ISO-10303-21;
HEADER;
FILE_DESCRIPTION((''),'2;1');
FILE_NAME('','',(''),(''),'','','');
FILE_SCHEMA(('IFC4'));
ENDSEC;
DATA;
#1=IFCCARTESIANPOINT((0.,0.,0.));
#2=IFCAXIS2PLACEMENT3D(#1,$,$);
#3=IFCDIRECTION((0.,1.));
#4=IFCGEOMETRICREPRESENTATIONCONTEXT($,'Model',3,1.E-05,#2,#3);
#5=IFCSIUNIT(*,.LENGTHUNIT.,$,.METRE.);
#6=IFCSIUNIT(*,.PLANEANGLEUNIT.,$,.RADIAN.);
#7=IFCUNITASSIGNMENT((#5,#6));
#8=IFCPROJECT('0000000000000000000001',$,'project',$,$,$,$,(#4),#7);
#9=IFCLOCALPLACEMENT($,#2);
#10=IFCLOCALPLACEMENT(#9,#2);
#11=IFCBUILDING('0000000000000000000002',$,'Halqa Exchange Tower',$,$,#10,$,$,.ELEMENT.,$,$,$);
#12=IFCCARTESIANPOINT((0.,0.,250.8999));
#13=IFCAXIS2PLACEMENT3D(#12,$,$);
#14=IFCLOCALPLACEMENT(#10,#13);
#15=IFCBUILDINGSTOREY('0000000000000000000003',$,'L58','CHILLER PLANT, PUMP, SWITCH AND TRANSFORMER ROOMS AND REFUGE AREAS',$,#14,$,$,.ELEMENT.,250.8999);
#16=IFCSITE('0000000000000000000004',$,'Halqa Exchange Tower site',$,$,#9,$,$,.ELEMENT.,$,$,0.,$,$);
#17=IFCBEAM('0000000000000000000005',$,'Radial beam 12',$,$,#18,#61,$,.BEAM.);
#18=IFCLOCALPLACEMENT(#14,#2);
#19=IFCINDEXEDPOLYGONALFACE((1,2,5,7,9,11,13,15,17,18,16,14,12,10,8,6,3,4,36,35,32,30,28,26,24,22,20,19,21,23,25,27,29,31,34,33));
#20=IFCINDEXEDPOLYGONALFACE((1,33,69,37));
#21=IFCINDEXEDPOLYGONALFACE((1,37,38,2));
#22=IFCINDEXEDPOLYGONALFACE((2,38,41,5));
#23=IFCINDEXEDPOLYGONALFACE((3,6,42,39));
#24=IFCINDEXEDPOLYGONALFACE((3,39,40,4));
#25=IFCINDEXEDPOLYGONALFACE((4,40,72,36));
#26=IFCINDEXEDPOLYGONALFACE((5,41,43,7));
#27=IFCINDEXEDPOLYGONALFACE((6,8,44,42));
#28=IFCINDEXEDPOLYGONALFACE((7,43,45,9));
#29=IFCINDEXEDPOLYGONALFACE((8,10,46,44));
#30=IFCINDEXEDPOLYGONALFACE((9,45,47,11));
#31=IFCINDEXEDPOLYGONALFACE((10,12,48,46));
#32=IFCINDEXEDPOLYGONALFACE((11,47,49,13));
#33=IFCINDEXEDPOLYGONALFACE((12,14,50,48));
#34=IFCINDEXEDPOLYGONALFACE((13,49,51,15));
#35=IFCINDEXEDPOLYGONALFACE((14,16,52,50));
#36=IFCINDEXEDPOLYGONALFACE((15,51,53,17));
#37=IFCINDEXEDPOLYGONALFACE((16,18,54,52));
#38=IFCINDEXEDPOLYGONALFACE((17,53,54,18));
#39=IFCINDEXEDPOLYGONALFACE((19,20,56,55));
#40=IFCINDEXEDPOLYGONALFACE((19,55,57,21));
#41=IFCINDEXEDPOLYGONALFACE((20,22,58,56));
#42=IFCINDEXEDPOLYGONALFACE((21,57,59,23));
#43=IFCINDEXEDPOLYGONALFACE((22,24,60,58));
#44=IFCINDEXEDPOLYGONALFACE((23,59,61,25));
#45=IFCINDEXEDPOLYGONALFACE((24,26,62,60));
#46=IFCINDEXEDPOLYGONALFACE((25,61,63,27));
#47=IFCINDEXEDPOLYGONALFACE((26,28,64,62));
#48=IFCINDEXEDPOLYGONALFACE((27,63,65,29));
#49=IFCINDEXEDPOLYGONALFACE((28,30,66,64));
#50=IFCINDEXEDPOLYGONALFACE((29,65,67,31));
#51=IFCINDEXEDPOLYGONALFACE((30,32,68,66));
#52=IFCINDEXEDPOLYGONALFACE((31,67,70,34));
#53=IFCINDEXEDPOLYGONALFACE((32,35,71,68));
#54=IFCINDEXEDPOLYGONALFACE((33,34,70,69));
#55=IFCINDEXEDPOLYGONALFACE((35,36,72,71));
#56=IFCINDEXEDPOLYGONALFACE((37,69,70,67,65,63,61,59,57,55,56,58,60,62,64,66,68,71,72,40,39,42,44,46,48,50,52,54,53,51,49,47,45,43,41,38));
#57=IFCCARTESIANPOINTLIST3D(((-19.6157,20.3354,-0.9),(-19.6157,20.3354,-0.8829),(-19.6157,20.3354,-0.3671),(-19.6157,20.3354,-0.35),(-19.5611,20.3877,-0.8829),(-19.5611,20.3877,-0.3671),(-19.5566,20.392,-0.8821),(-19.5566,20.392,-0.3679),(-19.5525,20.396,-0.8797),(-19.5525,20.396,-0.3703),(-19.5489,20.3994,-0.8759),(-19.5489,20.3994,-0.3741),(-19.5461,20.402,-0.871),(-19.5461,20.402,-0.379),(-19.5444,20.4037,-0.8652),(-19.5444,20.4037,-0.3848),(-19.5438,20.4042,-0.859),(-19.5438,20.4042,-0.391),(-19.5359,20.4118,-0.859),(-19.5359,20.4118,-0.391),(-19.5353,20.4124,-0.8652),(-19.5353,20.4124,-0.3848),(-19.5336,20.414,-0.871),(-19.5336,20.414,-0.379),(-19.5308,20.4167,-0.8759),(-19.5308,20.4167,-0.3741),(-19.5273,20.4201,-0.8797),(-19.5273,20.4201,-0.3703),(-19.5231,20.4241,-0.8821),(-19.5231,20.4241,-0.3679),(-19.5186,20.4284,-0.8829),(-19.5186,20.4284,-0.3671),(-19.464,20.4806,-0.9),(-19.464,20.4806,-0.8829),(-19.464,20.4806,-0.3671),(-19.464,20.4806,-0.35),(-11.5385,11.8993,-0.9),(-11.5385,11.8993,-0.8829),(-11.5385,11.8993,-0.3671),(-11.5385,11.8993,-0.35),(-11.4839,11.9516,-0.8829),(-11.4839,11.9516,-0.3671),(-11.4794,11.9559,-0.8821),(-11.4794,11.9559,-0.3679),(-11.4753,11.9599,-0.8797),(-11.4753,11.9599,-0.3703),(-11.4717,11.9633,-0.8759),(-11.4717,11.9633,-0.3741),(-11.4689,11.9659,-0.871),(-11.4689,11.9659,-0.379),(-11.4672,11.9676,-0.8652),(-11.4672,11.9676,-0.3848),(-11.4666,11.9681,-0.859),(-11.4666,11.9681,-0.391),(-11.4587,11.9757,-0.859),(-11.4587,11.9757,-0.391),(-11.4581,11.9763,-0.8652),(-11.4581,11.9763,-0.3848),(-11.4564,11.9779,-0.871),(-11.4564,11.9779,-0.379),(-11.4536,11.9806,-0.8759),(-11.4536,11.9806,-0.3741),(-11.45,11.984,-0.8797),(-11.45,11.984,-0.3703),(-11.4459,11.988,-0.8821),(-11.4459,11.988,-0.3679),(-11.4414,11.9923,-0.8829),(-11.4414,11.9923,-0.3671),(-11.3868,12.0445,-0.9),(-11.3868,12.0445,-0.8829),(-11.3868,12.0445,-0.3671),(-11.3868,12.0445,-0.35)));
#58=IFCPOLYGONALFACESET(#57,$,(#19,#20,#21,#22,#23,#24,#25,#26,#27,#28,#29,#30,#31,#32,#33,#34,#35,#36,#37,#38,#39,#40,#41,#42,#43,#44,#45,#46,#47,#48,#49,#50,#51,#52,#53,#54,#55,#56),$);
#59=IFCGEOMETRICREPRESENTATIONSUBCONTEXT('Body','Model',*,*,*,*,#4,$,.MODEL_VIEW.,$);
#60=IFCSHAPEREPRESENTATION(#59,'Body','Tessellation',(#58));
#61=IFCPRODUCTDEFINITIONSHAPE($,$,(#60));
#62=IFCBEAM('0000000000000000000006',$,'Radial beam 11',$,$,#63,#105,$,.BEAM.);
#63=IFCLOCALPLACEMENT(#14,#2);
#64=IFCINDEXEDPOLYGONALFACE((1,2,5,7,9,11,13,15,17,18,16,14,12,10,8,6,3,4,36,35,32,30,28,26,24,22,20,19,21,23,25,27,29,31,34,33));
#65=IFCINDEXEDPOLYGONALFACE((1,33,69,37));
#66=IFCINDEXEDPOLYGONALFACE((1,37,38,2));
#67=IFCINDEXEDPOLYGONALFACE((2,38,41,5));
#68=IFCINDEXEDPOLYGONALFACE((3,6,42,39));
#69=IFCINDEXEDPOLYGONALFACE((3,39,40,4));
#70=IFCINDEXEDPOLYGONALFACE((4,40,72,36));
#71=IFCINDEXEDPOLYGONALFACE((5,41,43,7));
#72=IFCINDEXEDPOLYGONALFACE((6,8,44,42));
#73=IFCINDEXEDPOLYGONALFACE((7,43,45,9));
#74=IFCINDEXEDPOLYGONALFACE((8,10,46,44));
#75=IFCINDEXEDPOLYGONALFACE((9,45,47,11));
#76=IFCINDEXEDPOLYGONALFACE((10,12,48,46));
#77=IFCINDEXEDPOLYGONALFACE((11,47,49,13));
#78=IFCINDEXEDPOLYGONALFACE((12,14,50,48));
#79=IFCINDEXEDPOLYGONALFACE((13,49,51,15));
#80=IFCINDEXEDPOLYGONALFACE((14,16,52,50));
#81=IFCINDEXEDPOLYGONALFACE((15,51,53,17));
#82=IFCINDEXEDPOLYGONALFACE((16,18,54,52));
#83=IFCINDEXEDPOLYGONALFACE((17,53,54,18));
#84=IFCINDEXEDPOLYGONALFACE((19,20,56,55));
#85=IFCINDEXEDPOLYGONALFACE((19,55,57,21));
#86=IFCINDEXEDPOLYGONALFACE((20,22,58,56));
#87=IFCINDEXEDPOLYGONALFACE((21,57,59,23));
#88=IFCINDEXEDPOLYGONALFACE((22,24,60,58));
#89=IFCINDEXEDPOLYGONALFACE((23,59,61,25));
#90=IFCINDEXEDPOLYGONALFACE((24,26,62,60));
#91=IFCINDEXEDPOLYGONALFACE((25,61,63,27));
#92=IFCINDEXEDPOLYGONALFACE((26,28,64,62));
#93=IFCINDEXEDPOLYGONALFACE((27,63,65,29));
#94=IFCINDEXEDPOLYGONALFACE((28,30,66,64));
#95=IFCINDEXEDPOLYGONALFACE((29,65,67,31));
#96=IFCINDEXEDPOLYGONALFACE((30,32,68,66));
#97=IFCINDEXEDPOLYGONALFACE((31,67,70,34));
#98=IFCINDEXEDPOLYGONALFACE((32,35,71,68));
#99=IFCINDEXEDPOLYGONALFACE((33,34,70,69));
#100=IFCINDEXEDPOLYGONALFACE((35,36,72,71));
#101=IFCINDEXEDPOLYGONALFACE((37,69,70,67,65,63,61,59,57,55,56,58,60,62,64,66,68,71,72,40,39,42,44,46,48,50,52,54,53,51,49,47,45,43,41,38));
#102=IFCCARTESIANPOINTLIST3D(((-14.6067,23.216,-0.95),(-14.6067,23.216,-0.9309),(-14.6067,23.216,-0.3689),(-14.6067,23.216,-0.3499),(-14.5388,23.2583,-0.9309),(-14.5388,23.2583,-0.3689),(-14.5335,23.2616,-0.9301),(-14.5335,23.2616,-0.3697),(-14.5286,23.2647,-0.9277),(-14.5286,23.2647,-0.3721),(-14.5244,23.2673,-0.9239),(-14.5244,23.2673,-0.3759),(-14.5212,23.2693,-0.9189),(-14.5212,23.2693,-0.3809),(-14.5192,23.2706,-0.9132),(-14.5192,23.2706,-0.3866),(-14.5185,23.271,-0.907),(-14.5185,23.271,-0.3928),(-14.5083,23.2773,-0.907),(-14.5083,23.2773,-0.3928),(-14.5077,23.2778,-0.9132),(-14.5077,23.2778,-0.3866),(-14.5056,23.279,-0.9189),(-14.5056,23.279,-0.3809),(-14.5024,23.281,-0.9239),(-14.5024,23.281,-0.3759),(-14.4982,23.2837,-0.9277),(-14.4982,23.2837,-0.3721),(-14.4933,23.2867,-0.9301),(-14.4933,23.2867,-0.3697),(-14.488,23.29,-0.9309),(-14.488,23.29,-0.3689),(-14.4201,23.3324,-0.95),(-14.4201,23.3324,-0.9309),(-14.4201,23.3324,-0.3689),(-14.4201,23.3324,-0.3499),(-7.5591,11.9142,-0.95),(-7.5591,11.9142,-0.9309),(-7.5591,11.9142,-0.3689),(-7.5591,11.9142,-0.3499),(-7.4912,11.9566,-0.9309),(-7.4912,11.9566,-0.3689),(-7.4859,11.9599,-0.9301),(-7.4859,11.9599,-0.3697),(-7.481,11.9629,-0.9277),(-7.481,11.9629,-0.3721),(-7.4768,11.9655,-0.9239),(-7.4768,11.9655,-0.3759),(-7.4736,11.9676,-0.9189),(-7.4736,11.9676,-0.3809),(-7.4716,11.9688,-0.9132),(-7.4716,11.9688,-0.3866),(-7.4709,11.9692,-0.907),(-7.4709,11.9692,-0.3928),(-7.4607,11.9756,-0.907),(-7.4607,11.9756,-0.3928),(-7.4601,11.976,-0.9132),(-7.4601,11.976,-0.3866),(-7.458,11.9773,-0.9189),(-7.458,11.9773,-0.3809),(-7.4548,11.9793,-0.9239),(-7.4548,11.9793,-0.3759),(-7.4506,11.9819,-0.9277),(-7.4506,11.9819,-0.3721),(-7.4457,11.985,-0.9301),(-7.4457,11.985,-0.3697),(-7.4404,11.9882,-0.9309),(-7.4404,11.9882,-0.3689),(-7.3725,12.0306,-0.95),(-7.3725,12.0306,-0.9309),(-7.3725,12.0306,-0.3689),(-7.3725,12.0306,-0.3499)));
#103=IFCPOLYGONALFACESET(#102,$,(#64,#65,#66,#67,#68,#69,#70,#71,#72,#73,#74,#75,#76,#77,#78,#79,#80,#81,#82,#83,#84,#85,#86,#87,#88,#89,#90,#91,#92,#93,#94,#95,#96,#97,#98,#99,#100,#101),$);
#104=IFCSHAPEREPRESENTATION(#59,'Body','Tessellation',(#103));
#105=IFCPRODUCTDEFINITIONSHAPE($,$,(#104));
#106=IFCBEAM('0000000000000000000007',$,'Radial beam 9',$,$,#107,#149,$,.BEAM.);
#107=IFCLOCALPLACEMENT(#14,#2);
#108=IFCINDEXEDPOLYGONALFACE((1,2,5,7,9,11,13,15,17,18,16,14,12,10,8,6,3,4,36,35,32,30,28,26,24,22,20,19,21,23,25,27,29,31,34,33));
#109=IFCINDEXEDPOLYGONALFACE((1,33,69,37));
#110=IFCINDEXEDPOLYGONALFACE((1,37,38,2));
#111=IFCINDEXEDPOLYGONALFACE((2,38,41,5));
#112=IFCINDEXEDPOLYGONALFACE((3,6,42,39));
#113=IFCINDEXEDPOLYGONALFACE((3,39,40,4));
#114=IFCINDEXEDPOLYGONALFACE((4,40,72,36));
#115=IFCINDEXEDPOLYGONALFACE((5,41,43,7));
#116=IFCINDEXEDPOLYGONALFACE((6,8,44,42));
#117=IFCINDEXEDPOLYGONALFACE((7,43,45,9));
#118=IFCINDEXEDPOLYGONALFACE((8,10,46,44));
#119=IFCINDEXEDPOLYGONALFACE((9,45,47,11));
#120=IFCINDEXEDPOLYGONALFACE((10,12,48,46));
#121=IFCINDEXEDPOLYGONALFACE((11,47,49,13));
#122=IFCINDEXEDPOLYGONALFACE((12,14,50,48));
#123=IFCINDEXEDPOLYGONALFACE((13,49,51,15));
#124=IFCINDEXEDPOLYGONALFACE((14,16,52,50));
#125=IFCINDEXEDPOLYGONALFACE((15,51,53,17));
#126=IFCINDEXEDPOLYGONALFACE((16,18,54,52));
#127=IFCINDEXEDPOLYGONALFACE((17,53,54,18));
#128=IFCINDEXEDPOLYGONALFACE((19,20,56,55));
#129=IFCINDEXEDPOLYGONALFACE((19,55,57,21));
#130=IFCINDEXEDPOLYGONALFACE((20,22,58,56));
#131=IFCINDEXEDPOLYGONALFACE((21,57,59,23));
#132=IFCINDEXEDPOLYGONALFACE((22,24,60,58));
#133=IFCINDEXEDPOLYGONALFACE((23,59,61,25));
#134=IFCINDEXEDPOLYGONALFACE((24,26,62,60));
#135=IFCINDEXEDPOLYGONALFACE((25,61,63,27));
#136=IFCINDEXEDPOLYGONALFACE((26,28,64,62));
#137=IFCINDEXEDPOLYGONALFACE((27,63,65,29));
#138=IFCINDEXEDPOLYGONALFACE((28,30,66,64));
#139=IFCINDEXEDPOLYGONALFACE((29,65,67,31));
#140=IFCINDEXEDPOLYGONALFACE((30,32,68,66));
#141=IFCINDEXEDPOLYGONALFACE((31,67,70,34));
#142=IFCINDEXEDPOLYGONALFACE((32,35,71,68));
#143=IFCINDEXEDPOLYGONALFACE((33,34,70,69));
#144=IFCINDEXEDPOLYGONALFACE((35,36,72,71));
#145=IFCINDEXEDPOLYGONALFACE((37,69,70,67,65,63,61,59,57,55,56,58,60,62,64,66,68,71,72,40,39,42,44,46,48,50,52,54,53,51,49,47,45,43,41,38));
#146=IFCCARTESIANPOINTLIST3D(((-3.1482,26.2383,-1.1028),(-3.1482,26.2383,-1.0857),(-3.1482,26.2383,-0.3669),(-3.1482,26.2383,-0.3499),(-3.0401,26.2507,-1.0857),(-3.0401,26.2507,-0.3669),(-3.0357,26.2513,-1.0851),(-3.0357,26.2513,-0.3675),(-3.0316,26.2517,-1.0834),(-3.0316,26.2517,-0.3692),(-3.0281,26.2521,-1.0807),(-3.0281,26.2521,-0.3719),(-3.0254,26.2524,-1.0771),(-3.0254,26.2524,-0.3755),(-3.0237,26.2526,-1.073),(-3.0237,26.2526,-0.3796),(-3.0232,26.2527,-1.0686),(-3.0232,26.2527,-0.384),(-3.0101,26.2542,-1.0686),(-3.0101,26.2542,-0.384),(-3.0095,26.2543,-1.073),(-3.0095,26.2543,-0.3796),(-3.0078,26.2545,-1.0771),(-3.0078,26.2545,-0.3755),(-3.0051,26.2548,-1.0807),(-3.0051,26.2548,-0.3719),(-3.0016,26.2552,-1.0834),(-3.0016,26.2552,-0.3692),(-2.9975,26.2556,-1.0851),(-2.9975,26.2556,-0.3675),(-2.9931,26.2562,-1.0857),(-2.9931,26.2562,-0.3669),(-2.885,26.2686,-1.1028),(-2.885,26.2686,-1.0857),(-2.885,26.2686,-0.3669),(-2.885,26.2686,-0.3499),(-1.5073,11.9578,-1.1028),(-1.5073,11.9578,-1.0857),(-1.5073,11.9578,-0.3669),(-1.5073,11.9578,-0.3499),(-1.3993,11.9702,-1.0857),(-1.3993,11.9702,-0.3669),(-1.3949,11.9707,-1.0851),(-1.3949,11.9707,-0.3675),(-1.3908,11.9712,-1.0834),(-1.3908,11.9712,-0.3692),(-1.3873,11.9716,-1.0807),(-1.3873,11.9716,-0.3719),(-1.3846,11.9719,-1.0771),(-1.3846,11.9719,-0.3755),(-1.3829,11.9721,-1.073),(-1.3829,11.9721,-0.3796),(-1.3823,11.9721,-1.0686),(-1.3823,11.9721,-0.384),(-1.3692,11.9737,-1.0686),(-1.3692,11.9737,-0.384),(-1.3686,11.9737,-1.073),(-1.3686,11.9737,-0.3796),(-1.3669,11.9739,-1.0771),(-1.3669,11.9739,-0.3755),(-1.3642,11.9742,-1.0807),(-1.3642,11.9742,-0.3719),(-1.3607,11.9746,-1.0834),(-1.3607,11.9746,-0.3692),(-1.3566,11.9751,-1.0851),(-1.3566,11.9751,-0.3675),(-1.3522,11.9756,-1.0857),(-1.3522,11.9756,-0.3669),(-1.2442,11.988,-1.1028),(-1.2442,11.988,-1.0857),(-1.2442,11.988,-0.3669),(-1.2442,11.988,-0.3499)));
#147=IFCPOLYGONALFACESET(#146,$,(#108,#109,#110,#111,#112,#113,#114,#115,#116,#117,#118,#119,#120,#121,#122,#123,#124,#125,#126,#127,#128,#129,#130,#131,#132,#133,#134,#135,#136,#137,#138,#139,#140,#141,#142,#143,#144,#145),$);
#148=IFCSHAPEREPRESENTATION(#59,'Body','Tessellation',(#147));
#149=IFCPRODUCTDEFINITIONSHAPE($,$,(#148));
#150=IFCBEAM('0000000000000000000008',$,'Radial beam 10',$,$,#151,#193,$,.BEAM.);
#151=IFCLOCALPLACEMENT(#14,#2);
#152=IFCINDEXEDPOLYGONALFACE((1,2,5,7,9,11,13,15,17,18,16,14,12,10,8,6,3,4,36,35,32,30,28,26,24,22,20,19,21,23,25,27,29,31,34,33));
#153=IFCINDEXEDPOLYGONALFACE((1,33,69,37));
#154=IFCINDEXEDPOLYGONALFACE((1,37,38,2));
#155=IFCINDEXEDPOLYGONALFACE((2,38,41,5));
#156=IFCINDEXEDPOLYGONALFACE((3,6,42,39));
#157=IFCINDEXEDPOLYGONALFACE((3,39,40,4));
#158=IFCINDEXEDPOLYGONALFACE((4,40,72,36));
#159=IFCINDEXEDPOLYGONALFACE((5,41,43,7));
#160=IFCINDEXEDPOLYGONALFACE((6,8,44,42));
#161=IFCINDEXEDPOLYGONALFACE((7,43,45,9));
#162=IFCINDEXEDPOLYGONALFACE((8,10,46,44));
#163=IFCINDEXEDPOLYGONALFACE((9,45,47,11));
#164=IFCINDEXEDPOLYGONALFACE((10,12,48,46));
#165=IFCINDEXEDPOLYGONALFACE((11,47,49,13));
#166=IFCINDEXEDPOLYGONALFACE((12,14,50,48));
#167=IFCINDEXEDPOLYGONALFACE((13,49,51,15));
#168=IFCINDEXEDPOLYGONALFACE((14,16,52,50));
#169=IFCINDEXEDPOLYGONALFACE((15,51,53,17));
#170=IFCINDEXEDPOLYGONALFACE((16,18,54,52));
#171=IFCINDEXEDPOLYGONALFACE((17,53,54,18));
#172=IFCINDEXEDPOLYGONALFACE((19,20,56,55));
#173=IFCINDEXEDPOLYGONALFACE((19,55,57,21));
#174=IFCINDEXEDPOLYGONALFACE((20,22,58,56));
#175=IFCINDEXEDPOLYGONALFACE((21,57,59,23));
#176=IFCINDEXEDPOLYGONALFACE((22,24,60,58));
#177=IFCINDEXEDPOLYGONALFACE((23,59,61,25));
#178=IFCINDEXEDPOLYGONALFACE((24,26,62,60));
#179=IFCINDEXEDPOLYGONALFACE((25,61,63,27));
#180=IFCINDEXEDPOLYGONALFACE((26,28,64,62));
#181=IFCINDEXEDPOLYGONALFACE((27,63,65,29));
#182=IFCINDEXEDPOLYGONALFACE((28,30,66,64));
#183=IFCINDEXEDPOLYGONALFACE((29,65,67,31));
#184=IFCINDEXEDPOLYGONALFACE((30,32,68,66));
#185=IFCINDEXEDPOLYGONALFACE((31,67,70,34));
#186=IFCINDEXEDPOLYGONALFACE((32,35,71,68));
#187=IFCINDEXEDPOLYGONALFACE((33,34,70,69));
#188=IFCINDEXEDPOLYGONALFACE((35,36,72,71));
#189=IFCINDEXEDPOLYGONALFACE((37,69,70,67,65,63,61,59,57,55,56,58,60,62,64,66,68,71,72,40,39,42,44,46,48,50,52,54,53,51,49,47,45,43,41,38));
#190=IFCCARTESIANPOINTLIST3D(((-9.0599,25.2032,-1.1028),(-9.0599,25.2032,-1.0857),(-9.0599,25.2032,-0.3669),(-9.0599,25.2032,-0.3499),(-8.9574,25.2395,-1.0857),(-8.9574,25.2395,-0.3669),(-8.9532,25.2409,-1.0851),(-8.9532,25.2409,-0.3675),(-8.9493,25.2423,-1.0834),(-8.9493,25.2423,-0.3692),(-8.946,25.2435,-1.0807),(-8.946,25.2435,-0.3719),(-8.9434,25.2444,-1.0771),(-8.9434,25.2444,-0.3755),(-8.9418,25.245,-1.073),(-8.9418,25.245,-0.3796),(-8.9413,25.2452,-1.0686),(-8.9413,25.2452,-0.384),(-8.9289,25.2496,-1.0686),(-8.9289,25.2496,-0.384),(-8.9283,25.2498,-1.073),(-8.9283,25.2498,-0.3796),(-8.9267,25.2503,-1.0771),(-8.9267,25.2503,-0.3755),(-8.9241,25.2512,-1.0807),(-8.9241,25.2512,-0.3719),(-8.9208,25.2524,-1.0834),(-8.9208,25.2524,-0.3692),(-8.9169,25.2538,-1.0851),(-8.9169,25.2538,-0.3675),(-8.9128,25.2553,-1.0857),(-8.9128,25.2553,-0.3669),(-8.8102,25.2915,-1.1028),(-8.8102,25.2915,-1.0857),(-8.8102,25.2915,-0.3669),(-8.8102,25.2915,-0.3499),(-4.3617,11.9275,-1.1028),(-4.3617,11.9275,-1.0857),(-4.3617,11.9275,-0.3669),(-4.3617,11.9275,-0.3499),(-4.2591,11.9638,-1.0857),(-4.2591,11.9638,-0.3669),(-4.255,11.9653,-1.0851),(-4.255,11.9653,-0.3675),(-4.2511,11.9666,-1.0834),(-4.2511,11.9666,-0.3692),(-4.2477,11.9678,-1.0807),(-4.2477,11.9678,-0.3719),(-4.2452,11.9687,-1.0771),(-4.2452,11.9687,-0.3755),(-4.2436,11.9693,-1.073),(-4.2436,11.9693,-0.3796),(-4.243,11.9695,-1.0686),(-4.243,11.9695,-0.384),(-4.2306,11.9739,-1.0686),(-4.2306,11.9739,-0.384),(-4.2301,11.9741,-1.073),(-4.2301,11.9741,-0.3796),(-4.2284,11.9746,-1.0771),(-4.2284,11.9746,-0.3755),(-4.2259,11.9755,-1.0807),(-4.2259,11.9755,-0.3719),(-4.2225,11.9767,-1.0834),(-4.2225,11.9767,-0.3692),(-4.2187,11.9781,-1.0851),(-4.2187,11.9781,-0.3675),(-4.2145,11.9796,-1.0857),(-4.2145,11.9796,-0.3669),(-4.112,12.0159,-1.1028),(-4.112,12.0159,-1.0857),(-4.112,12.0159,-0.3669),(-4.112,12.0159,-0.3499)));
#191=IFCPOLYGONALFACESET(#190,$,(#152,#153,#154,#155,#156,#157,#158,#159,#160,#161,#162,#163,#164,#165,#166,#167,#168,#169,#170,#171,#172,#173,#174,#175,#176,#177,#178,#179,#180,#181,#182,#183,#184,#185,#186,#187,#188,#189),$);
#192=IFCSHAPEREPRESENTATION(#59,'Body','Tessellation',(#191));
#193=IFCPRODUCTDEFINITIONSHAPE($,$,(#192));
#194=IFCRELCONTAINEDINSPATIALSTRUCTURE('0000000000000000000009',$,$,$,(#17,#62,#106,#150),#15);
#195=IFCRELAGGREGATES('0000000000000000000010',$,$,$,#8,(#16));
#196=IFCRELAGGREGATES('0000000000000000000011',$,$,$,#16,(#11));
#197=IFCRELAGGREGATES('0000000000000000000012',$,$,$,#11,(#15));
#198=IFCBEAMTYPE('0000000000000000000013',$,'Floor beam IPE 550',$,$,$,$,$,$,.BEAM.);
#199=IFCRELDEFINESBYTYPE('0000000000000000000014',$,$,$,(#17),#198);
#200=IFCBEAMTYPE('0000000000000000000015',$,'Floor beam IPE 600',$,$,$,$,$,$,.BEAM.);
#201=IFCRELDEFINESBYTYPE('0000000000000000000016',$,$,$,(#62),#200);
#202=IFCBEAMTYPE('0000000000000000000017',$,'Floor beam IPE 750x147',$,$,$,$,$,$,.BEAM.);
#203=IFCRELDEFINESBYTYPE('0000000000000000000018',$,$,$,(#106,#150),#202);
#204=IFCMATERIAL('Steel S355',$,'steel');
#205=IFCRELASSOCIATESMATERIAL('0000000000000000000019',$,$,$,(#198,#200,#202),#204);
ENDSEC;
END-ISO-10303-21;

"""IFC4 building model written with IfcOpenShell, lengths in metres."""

from ifc_helpers import new_model, si_unit, direction, frame, origin, origin_2d, place, context, subcontext, project, spatial, i_section, extrude, material, material_profile, profile_set, type_object, element, save


model = new_model("IFC4")

# Units and contexts
model_context = context("Model", 3, precision=1e-05, world=origin(), true_north=direction((0.0, 1.0)))
body_context = subcontext(model_context, "Body", "Model", "MODEL_VIEW")
ifc_project = project(units=[si_unit("LENGTHUNIT", "METRE"), si_unit("PLANEANGLEUNIT", "RADIAN")], contexts=[model_context])

# Site, building, storey
site_placement = place(None, origin())
site = spatial("IfcSite", under=ifc_project, at=site_placement, Name="Halqa Exchange Tower site", CompositionType="ELEMENT", RefElevation=0.0)
building_placement = place(site_placement, origin())
building = spatial("IfcBuilding", under=site, at=building_placement, Name="Halqa Exchange Tower", CompositionType="ELEMENT")
storey_placement = place(building_placement, frame((0.0, 0.0, 250.8999)))
storey = spatial("IfcBuildingStorey", under=building, at=storey_placement, Name="L58", Description="CHILLER PLANT, PUMP, SWITCH AND TRANSFORMER ROOMS AND REFUGE AREAS", CompositionType="ELEMENT", Elevation=250.8999)

# Beams
ifc_material_1 = material(Name="Steel S355", Category="steel")
ifc_material_profile_1 = material_profile(ifc_material_1, i_section(OverallWidth=0.21, OverallDepth=0.55, WebThickness=0.011, FlangeThickness=0.0171, FilletRadius=0.0239, at=origin_2d()), Name="IPE 550")
ifc_profile_set_1 = profile_set([ifc_material_profile_1], Name="Steel S355")
beam_type_1 = type_object("IfcBeamType", Name="Floor beam IPE 550", PredefinedType="BEAM", material=ifc_profile_set_1)
beam_1_placement = place(storey_placement, frame((-11.4626, 11.9719, -0.625), z_axis=(-0.691576, 0.722304, 0.0), x_axis=(-0.722304, -0.691576, 0.0)))
element("IfcBeam", 1, at=beam_1_placement, inside=storey, type_object=beam_type_1, Name="Radial beam 12", PredefinedType="BEAM", context=body_context, shape_type="SweptSolid", body=[
    extrude(i_section(OverallWidth=0.21, OverallDepth=0.55, WebThickness=0.011, FlangeThickness=0.0171, FilletRadius=0.0239, at=origin_2d()), origin(), (0.0, 0.0, 1.0), 11.6794),
])
ifc_material_profile_2 = material_profile(ifc_material_1, i_section(OverallWidth=0.22, OverallDepth=0.6001, WebThickness=0.012, FlangeThickness=0.019, FilletRadius=0.0239, at=origin_2d()), Name="IPE 600")
ifc_profile_set_2 = profile_set([ifc_material_profile_2], Name="Steel S355")
beam_type_2 = type_object("IfcBeamType", Name="Floor beam IPE 600", PredefinedType="BEAM", material=ifc_profile_set_2)
beam_2_placement = place(storey_placement, frame((-7.4658, 11.9724, -0.6499), z_axis=(-0.529135, 0.848537, 0.0), x_axis=(-0.848537, -0.529135, 0.0)))
element("IfcBeam", 2, at=beam_2_placement, inside=storey, type_object=beam_type_2, Name="Radial beam 11", PredefinedType="BEAM", context=body_context, shape_type="SweptSolid", body=[
    extrude(i_section(OverallWidth=0.22, OverallDepth=0.6001, WebThickness=0.012, FlangeThickness=0.019, FilletRadius=0.0239, at=origin_2d()), origin(), (0.0, 0.0, 1.0), 13.3191),
])
ifc_material_profile_3 = material_profile(ifc_material_1, i_section(OverallWidth=0.2649, OverallDepth=0.7529, WebThickness=0.0132, FlangeThickness=0.0171, FilletRadius=0.0171, at=origin_2d()), Name="IPE 750x147")
ifc_profile_set_3 = profile_set([ifc_material_profile_3], Name="Steel S355")
beam_type_3 = type_object("IfcBeamType", Name="Floor beam IPE 750x147", PredefinedType="BEAM", material=ifc_profile_set_3)
beam_3_placement = place(storey_placement, frame((-1.3757, 11.9729, -0.7263), z_axis=(-0.114152, 0.993463, 0.0), x_axis=(-0.993463, -0.114152, 0.0)))
element("IfcBeam", 3, at=beam_3_placement, inside=storey, type_object=beam_type_3, Name="Radial beam 9", PredefinedType="BEAM", context=body_context, shape_type="SweptSolid", body=[
    extrude(i_section(OverallWidth=0.2649, OverallDepth=0.7529, WebThickness=0.0132, FlangeThickness=0.0171, FilletRadius=0.0171, at=origin_2d()), origin(), (0.0, 0.0, 1.0), 14.3745),
])
beam_4_placement = place(storey_placement, frame((-4.2368, 11.9717, -0.7263), z_axis=(-0.333623, 0.942706, 0.0), x_axis=(-0.942706, -0.333623, 0.0)))
element("IfcBeam", 4, at=beam_4_placement, inside=storey, type_object=beam_type_3, Name="Radial beam 10", PredefinedType="BEAM", context=body_context, shape_type="SweptSolid", body=[
    extrude(i_section(OverallWidth=0.2649, OverallDepth=0.7529, WebThickness=0.0132, FlangeThickness=0.0171, FilletRadius=0.0171, at=origin_2d()), origin(), (0.0, 0.0, 1.0), 14.0825),
])

save(model, "model.ifc")
